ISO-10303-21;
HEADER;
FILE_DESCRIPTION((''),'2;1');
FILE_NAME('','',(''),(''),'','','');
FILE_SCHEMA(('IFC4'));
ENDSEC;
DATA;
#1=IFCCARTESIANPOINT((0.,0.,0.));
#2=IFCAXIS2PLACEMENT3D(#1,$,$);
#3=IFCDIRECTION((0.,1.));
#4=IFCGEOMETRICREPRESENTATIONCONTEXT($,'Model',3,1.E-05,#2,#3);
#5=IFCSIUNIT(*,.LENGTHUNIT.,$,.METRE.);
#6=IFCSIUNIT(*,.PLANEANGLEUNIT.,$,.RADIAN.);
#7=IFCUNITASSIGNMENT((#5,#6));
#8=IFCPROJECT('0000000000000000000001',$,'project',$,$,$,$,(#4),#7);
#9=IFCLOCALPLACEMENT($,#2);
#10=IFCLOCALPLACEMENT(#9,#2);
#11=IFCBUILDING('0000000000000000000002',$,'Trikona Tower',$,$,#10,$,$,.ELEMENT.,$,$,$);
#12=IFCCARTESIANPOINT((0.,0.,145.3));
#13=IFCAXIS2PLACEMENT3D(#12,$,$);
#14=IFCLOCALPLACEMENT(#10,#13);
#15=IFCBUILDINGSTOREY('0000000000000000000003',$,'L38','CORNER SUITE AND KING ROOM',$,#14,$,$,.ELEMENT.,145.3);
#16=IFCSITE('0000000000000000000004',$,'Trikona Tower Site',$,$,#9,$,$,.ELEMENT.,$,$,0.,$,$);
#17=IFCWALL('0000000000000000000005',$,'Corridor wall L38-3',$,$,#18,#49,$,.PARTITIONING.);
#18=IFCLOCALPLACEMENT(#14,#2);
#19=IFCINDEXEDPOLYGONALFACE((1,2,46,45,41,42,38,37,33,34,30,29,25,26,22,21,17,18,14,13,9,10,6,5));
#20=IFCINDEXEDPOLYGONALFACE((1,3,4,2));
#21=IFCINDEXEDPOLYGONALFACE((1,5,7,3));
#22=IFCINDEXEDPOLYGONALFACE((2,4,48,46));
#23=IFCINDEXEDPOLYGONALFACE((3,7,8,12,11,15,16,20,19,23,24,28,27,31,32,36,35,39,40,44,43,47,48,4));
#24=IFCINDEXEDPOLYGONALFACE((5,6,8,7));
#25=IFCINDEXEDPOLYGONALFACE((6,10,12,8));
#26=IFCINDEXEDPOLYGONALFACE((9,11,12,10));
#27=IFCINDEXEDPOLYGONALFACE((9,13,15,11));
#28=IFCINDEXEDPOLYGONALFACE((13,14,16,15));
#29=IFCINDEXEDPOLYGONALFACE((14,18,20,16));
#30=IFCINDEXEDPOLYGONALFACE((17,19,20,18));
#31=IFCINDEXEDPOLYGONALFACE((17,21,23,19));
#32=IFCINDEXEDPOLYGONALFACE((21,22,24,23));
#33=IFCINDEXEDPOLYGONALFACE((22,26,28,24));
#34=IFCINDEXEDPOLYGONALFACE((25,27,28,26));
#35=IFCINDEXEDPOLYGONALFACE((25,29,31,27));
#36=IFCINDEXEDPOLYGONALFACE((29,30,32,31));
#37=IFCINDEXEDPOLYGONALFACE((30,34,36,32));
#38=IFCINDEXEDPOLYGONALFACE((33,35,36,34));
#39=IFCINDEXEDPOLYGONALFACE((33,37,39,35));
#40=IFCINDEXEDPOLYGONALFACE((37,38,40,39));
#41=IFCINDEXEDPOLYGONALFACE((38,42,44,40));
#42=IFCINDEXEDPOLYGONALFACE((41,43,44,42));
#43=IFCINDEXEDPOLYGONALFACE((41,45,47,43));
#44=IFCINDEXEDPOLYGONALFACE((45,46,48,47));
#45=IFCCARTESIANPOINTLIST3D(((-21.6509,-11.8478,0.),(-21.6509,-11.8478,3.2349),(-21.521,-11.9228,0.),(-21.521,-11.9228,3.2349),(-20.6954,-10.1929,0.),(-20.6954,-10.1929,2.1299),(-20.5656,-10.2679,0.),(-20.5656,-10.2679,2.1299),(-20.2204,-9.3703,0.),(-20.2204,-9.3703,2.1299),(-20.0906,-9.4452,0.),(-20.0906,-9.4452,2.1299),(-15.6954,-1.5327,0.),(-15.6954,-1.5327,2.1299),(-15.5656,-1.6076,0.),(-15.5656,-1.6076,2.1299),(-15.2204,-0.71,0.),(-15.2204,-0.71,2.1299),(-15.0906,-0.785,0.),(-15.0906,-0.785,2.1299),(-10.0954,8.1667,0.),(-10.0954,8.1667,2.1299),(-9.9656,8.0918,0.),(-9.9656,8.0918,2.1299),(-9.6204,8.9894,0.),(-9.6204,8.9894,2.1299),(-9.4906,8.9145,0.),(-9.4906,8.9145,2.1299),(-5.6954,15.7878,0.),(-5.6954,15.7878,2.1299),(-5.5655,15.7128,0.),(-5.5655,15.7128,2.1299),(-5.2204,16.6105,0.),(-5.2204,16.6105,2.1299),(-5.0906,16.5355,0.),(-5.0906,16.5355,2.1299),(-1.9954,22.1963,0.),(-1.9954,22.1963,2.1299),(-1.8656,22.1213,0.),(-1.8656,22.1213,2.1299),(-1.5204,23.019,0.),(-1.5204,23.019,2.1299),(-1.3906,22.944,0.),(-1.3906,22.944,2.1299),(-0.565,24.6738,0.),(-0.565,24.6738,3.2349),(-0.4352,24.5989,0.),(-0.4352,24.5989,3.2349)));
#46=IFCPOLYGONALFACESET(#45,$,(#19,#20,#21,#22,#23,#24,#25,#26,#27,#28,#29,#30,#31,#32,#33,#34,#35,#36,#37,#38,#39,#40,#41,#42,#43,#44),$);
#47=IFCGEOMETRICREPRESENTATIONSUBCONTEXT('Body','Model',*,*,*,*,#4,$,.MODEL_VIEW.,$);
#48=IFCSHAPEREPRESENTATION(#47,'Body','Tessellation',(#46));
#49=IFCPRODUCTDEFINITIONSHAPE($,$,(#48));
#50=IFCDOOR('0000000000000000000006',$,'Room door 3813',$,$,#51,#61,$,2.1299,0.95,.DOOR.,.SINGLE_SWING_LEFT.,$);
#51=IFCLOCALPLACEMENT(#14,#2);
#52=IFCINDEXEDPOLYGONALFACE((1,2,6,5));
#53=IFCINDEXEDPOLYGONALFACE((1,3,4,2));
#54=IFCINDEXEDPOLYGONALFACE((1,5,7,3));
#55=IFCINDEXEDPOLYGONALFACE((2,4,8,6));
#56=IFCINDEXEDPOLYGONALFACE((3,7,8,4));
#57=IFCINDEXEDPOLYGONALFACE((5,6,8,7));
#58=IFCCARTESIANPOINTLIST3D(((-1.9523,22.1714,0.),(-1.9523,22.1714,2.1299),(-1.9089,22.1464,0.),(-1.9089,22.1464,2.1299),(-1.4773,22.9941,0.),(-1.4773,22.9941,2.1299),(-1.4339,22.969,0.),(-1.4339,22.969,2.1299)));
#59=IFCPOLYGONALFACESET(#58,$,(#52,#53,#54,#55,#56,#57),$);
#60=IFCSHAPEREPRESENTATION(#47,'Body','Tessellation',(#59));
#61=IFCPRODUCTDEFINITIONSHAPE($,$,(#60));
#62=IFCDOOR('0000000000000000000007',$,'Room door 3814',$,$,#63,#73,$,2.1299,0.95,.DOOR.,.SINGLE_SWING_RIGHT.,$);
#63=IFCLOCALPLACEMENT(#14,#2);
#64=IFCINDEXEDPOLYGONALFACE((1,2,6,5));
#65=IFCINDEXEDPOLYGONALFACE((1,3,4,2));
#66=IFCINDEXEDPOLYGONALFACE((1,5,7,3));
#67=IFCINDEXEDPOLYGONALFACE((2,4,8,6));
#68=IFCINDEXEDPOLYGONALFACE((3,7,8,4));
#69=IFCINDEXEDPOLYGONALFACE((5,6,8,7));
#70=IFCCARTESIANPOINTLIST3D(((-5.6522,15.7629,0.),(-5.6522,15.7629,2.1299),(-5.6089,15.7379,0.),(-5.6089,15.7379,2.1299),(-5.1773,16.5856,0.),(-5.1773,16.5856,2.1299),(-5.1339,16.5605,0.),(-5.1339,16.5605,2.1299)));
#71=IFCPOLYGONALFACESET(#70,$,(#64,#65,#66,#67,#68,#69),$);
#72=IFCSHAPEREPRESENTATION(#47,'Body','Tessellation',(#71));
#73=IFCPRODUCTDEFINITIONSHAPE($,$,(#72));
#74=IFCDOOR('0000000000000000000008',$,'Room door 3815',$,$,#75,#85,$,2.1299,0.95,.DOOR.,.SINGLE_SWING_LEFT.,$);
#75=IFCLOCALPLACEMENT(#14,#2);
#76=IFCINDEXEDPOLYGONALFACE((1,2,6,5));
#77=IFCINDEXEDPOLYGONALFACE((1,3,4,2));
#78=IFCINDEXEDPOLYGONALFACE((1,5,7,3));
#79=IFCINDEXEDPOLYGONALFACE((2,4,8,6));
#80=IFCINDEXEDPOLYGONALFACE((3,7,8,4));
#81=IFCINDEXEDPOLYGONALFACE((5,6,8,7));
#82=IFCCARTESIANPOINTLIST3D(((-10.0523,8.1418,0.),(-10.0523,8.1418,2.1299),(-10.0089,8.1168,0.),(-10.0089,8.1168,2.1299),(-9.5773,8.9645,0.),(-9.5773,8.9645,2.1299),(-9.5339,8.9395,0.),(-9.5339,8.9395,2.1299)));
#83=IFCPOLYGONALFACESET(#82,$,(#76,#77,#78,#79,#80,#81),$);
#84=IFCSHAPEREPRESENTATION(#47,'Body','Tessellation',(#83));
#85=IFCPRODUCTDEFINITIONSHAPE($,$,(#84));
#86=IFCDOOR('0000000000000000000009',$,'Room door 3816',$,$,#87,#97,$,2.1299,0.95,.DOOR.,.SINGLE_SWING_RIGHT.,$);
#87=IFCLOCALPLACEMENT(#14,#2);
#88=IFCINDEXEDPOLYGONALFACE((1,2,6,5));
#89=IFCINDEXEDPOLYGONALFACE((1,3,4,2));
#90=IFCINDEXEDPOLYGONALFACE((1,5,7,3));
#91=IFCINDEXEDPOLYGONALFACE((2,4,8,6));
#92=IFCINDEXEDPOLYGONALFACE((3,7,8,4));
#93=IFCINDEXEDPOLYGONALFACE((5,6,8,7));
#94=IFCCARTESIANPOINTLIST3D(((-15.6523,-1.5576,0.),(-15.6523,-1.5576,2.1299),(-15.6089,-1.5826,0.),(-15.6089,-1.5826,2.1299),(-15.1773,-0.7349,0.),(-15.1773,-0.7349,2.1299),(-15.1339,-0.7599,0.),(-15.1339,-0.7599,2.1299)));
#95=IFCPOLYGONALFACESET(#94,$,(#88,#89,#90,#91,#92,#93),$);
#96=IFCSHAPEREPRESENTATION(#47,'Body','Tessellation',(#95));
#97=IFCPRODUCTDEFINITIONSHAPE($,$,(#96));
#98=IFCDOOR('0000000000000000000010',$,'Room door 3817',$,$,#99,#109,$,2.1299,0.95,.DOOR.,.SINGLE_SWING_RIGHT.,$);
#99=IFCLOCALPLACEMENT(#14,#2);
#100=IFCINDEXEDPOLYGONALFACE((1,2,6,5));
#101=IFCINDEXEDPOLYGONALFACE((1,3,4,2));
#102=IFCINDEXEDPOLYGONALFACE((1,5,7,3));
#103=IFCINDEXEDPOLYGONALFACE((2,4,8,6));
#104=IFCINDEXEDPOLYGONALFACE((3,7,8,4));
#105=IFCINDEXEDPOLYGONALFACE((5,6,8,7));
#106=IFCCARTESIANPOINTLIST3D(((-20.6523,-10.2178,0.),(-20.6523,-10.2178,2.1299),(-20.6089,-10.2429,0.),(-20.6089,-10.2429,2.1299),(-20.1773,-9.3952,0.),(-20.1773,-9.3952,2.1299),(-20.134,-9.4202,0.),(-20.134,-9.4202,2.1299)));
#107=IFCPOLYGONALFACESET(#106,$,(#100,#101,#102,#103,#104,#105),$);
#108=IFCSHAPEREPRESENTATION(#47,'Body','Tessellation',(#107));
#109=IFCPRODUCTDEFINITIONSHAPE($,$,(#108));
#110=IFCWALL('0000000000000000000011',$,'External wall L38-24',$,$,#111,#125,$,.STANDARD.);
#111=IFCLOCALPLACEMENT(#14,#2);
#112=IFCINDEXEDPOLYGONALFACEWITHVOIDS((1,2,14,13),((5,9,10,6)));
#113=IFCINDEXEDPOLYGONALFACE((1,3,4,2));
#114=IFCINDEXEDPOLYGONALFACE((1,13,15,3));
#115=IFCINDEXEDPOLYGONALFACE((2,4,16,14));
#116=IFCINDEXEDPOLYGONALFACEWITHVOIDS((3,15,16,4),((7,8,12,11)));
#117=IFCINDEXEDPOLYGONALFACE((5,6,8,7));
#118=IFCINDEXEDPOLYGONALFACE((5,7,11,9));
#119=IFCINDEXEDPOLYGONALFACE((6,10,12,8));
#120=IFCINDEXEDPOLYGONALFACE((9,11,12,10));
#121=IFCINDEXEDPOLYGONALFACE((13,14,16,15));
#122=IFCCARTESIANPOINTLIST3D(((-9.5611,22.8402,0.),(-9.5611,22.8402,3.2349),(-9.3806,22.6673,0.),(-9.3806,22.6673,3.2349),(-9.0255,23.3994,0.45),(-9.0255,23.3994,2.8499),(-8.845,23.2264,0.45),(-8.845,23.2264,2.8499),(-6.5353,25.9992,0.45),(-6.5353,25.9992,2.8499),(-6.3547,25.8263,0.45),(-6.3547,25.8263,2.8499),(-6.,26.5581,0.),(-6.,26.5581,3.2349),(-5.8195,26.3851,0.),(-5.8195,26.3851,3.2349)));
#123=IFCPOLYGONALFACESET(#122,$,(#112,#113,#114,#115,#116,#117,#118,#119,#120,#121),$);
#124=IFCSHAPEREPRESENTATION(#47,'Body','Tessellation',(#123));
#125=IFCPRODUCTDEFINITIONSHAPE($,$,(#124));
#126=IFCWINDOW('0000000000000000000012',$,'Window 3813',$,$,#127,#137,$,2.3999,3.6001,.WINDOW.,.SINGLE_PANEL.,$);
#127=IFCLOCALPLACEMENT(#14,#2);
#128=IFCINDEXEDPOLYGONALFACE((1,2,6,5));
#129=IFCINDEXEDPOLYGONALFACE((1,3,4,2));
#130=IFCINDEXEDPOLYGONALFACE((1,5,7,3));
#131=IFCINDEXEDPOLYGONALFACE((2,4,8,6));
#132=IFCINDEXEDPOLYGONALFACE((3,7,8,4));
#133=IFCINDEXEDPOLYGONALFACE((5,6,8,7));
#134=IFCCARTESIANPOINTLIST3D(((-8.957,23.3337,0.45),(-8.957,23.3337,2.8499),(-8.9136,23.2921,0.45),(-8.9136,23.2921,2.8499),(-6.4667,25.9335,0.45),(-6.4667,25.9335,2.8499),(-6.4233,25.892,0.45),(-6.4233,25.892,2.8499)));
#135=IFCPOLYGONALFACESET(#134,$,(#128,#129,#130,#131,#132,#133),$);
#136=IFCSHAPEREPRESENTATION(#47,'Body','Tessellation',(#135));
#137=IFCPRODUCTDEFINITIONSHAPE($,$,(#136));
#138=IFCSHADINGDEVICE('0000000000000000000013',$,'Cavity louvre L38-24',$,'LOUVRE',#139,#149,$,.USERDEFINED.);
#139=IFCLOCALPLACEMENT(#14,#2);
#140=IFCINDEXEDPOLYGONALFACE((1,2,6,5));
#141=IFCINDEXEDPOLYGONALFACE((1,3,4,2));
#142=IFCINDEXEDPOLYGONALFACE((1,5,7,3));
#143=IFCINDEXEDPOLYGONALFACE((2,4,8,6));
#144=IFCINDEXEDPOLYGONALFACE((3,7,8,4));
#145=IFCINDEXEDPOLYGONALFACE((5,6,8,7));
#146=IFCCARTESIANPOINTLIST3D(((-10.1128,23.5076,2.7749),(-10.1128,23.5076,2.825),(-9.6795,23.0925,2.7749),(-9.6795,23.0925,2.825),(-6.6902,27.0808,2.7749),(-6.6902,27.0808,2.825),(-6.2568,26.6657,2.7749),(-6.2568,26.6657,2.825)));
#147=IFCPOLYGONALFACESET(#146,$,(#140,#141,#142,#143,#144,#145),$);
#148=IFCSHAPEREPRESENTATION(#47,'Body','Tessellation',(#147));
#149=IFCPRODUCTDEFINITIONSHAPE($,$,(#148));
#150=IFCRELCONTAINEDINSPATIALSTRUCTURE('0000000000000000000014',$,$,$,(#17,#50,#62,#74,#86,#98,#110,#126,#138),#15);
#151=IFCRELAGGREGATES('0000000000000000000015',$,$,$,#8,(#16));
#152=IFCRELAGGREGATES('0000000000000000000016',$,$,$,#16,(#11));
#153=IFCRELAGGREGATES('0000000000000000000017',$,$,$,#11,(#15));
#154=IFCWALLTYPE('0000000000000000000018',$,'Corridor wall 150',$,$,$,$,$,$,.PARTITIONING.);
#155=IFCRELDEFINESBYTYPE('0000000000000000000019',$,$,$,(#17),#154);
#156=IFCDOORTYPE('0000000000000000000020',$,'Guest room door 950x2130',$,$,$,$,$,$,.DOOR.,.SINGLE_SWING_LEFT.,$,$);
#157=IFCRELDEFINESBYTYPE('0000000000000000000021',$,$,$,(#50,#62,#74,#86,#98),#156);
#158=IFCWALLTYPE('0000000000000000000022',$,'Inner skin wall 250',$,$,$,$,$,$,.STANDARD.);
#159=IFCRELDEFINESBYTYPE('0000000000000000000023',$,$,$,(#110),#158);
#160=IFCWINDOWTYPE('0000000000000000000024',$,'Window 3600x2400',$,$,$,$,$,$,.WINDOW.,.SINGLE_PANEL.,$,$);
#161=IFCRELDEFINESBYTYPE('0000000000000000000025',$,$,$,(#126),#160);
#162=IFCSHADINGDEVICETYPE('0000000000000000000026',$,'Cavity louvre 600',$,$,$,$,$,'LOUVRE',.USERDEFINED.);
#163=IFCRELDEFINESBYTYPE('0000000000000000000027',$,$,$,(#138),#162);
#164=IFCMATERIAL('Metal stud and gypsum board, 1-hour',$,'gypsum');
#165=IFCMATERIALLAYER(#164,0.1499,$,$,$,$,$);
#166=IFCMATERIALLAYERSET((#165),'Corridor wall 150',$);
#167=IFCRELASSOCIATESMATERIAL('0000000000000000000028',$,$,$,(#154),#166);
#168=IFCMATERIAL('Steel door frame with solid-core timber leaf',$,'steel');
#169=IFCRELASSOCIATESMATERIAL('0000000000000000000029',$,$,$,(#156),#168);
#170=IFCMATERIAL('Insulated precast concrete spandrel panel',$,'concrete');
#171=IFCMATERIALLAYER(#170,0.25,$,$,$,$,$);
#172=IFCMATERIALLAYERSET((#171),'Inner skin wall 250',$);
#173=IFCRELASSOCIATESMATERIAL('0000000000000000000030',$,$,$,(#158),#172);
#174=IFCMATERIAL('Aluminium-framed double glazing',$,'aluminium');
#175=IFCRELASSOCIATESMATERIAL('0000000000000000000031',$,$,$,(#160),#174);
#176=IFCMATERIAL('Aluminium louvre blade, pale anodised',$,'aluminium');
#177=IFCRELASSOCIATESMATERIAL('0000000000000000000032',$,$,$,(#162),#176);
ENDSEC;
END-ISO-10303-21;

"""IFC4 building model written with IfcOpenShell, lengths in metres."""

from ifc_helpers import new_model, si_unit, direction, frame, frame_2d, origin, origin_2d, place, context, subcontext, project, spatial, rectangle, extrude, material, layer, layer_set, type_object, element, fill, save


model = new_model("IFC4")

# Units and contexts
model_context = context("Model", 3, precision=1e-05, world=origin(), true_north=direction((0.0, 1.0)))
body_context = subcontext(model_context, "Body", "Model", "MODEL_VIEW")
ifc_project = project(units=[si_unit("LENGTHUNIT", "METRE"), si_unit("PLANEANGLEUNIT", "RADIAN")], contexts=[model_context])

# Site, building, storey
site_placement = place(None, origin())
site = spatial("IfcSite", under=ifc_project, at=site_placement, Name="Trikona Tower Site", CompositionType="ELEMENT", RefElevation=0.0)
building_placement = place(site_placement, origin())
building = spatial("IfcBuilding", under=site, at=building_placement, Name="Trikona Tower", CompositionType="ELEMENT")
storey_placement = place(building_placement, frame((0.0, 0.0, 145.3)))
storey = spatial("IfcBuildingStorey", under=building, at=storey_placement, Name="L38", Description="CORNER SUITE AND KING ROOM", CompositionType="ELEMENT", Elevation=145.3)

# Wall, openings, doors
ifc_material_1 = material(Name="Metal stud and gypsum board, 1-hour", Category="gypsum")
ifc_layer_1 = layer(ifc_material_1, 0.1499)
ifc_layer_set_1 = layer_set([ifc_layer_1], Name="Corridor wall 150")
wall_type_1 = type_object("IfcWallType", Name="Corridor wall 150", PredefinedType="PARTITIONING", material=ifc_layer_set_1)
wall_1_placement = place(storey_placement, frame((-0.5, 24.6365, 0.0), z_axis=(0.0, 0.0, 1.0), x_axis=(-0.500002, -0.866024, 0.0)))
wall_1 = element("IfcWall", 1, at=wall_1_placement, inside=storey, type_object=wall_type_1, Name="Corridor wall L38-3", PredefinedType="PARTITIONING", context=body_context, shape_type="SweptSolid", body=[
    extrude(rectangle(XDim=42.1716, YDim=0.1499, at=frame_2d((21.0859, 0.0))), origin(), (0.0, 0.0, 1.0), 3.2349),
])
opening_1_placement = place(wall_1_placement, frame((1.9109, 0.0, 0.0)))
opening_1 = element("IfcOpeningElement", 2, at=opening_1_placement, cuts=wall_1, PredefinedType="OPENING", context=body_context, shape_type="SweptSolid", body=[
    extrude(rectangle(XDim=0.95, YDim=2.1299, at=frame_2d((0.4751, 1.0649))), frame((0.0, 0.085, 0.0), z_axis=(0.0, -1.0, 0.0), x_axis=(1.0, 0.0, 0.0)), (0.0, 0.0, 1.0), 0.1699),
])
opening_2_placement = place(wall_1_placement, frame((9.3108, 0.0, 0.0)))
opening_2 = element("IfcOpeningElement", 3, at=opening_2_placement, cuts=wall_1, PredefinedType="OPENING", context=body_context, shape_type="SweptSolid", body=[
    extrude(rectangle(XDim=0.95, YDim=2.1299, at=frame_2d((0.4751, 1.0649))), frame((0.0, 0.085, 0.0), z_axis=(0.0, -1.0, 0.0), x_axis=(1.0, 0.0, 0.0)), (0.0, 0.0, 1.0), 0.1699),
])
opening_3_placement = place(wall_1_placement, frame((18.1108, 0.0, 0.0)))
opening_3 = element("IfcOpeningElement", 4, at=opening_3_placement, cuts=wall_1, PredefinedType="OPENING", context=body_context, shape_type="SweptSolid", body=[
    extrude(rectangle(XDim=0.95, YDim=2.1299, at=frame_2d((0.4751, 1.0649))), frame((0.0, 0.085, 0.0), z_axis=(0.0, -1.0, 0.0), x_axis=(1.0, 0.0, 0.0)), (0.0, 0.0, 1.0), 0.1699),
])
opening_4_placement = place(wall_1_placement, frame((29.3108, 0.0, 0.0)))
opening_4 = element("IfcOpeningElement", 5, at=opening_4_placement, cuts=wall_1, PredefinedType="OPENING", context=body_context, shape_type="SweptSolid", body=[
    extrude(rectangle(XDim=0.95, YDim=2.1299, at=frame_2d((0.4751, 1.0649))), frame((0.0, 0.085, 0.0), z_axis=(0.0, -1.0, 0.0), x_axis=(1.0, 0.0, 0.0)), (0.0, 0.0, 1.0), 0.1699),
])
opening_5_placement = place(wall_1_placement, frame((39.3108, 0.0, 0.0)))
opening_5 = element("IfcOpeningElement", 6, at=opening_5_placement, cuts=wall_1, PredefinedType="OPENING", context=body_context, shape_type="SweptSolid", body=[
    extrude(rectangle(XDim=0.95, YDim=2.1299, at=frame_2d((0.4751, 1.0649))), frame((0.0, 0.085, 0.0), z_axis=(0.0, -1.0, 0.0), x_axis=(1.0, 0.0, 0.0)), (0.0, 0.0, 1.0), 0.1699),
])
ifc_material_2 = material(Name="Steel door frame with solid-core timber leaf", Category="steel")
door_type = type_object("IfcDoorType", Name="Guest room door 950x2130", OperationType="SINGLE_SWING_LEFT", PredefinedType="DOOR", material=ifc_material_2)
door_1_placement = place(opening_1_placement, origin())
door_1 = element("IfcDoor", 7, at=door_1_placement, inside=storey, type_object=door_type, Name="Room door 3813", OperationType="SINGLE_SWING_LEFT", OverallHeight=2.1299, OverallWidth=0.95, PredefinedType="DOOR", context=body_context, shape_type="SweptSolid", body=[
    extrude(rectangle(XDim=0.95, YDim=2.1299, at=frame_2d((0.4751, 1.0649))), frame((0.0, 0.0249, 0.0), z_axis=(0.0, -1.0, 0.0), x_axis=(1.0, 0.0, 0.0)), (0.0, 0.0, 1.0), 0.05),
])
fill(opening_1, door_1)
door_2_placement = place(opening_2_placement, origin())
door_2 = element("IfcDoor", 8, at=door_2_placement, inside=storey, type_object=door_type, Name="Room door 3814", OperationType="SINGLE_SWING_RIGHT", OverallHeight=2.1299, OverallWidth=0.95, PredefinedType="DOOR", context=body_context, shape_type="SweptSolid", body=[
    extrude(rectangle(XDim=0.95, YDim=2.1299, at=frame_2d((0.4751, 1.0649))), frame((0.0, 0.0249, 0.0), z_axis=(0.0, -1.0, 0.0), x_axis=(1.0, 0.0, 0.0)), (0.0, 0.0, 1.0), 0.05),
])
fill(opening_2, door_2)
door_3_placement = place(opening_3_placement, origin())
door_3 = element("IfcDoor", 9, at=door_3_placement, inside=storey, type_object=door_type, Name="Room door 3815", OperationType="SINGLE_SWING_LEFT", OverallHeight=2.1299, OverallWidth=0.95, PredefinedType="DOOR", context=body_context, shape_type="SweptSolid", body=[
    extrude(rectangle(XDim=0.95, YDim=2.1299, at=frame_2d((0.4751, 1.0649))), frame((0.0, 0.0249, 0.0), z_axis=(0.0, -1.0, 0.0), x_axis=(1.0, 0.0, 0.0)), (0.0, 0.0, 1.0), 0.05),
])
fill(opening_3, door_3)
door_4_placement = place(opening_4_placement, origin())
door_4 = element("IfcDoor", 10, at=door_4_placement, inside=storey, type_object=door_type, Name="Room door 3816", OperationType="SINGLE_SWING_RIGHT", OverallHeight=2.1299, OverallWidth=0.95, PredefinedType="DOOR", context=body_context, shape_type="SweptSolid", body=[
    extrude(rectangle(XDim=0.95, YDim=2.1299, at=frame_2d((0.4751, 1.0649))), frame((0.0, 0.0249, 0.0), z_axis=(0.0, -1.0, 0.0), x_axis=(1.0, 0.0, 0.0)), (0.0, 0.0, 1.0), 0.05),
])
fill(opening_4, door_4)
door_5_placement = place(opening_5_placement, origin())
door_5 = element("IfcDoor", 11, at=door_5_placement, inside=storey, type_object=door_type, Name="Room door 3817", OperationType="SINGLE_SWING_RIGHT", OverallHeight=2.1299, OverallWidth=0.95, PredefinedType="DOOR", context=body_context, shape_type="SweptSolid", body=[
    extrude(rectangle(XDim=0.95, YDim=2.1299, at=frame_2d((0.4751, 1.0649))), frame((0.0, 0.0249, 0.0), z_axis=(0.0, -1.0, 0.0), x_axis=(1.0, 0.0, 0.0)), (0.0, 0.0, 1.0), 0.05),
])
fill(opening_5, door_5)

# Wall, opening, window
ifc_material_3 = material(Name="Insulated precast concrete spandrel panel", Category="concrete")
ifc_layer_2 = layer(ifc_material_3, 0.25)
ifc_layer_set_2 = layer_set([ifc_layer_2], Name="Inner skin wall 250")
wall_type_2 = type_object("IfcWallType", Name="Inner skin wall 250", PredefinedType="STANDARD", material=ifc_layer_set_2)
wall_2_placement = place(storey_placement, frame((-5.9097, 26.4717, 0.0), z_axis=(0.0, 0.0, 1.0), x_axis=(-0.69172, -0.722166, 0.0)))
wall_2 = element("IfcWall", 12, at=wall_2_placement, inside=storey, type_object=wall_type_2, Name="External wall L38-24", PredefinedType="STANDARD", context=body_context, shape_type="SweptSolid", body=[
    extrude(rectangle(XDim=5.1482, YDim=0.25, at=frame_2d((2.5742, 0.0))), origin(), (0.0, 0.0, 1.0), 3.2349),
])
opening_6_placement = place(wall_2_placement, frame((0.7739, 0.0, 0.45)))
opening_6 = element("IfcOpeningElement", 13, at=opening_6_placement, cuts=wall_2, PredefinedType="OPENING", context=body_context, shape_type="SweptSolid", body=[
    extrude(rectangle(XDim=3.6001, YDim=2.3999, at=frame_2d((1.8, 1.2))), frame((0.0, 0.135, 0.0), z_axis=(0.0, -1.0, 0.0), x_axis=(1.0, 0.0, 0.0)), (0.0, 0.0, 1.0), 0.27),
])
ifc_material_4 = material(Name="Aluminium-framed double glazing", Category="aluminium")
window_type_1 = type_object("IfcWindowType", Name="Window 3600x2400", PartitioningType="SINGLE_PANEL", PredefinedType="WINDOW", material=ifc_material_4)
window_1_placement = place(opening_6_placement, origin())
window_1 = element("IfcWindow", 14, at=window_1_placement, inside=storey, type_object=window_type_1, Name="Window 3813", OverallHeight=2.3999, OverallWidth=3.6001, PartitioningType="SINGLE_PANEL", PredefinedType="WINDOW", context=body_context, shape_type="SweptSolid", body=[
    extrude(rectangle(XDim=3.6001, YDim=2.3999, at=frame_2d((1.8, 1.2))), frame((0.0, 0.03, 0.0), z_axis=(0.0, -1.0, 0.0), x_axis=(1.0, 0.0, 0.0)), (0.0, 0.0, 1.0), 0.0601),
])
fill(opening_6, window_1)

# Shading device
ifc_material_5 = material(Name="Aluminium louvre blade, pale anodised", Category="aluminium")
shading_device_type = type_object("IfcShadingDeviceType", Name="Cavity louvre 600", ElementType="LOUVRE", PredefinedType="USERDEFINED", material=ifc_material_5)
shading_device_placement = place(storey_placement, frame((-8.1848, 25.0867, 2.7749), z_axis=(0.0, 0.0, 1.0), x_axis=(-0.691724, -0.722162, 0.0)))
element("IfcShadingDevice", 15, at=shading_device_placement, inside=storey, type_object=shading_device_type, Name="Cavity louvre L38-24", ObjectType="LOUVRE", PredefinedType="USERDEFINED", context=body_context, shape_type="SweptSolid", body=[
    extrude(rectangle(XDim=4.948, YDim=0.6001, at=origin_2d()), origin(), (0.0, 0.0, 1.0), 0.05),
])

save(model, "model.ifc")
